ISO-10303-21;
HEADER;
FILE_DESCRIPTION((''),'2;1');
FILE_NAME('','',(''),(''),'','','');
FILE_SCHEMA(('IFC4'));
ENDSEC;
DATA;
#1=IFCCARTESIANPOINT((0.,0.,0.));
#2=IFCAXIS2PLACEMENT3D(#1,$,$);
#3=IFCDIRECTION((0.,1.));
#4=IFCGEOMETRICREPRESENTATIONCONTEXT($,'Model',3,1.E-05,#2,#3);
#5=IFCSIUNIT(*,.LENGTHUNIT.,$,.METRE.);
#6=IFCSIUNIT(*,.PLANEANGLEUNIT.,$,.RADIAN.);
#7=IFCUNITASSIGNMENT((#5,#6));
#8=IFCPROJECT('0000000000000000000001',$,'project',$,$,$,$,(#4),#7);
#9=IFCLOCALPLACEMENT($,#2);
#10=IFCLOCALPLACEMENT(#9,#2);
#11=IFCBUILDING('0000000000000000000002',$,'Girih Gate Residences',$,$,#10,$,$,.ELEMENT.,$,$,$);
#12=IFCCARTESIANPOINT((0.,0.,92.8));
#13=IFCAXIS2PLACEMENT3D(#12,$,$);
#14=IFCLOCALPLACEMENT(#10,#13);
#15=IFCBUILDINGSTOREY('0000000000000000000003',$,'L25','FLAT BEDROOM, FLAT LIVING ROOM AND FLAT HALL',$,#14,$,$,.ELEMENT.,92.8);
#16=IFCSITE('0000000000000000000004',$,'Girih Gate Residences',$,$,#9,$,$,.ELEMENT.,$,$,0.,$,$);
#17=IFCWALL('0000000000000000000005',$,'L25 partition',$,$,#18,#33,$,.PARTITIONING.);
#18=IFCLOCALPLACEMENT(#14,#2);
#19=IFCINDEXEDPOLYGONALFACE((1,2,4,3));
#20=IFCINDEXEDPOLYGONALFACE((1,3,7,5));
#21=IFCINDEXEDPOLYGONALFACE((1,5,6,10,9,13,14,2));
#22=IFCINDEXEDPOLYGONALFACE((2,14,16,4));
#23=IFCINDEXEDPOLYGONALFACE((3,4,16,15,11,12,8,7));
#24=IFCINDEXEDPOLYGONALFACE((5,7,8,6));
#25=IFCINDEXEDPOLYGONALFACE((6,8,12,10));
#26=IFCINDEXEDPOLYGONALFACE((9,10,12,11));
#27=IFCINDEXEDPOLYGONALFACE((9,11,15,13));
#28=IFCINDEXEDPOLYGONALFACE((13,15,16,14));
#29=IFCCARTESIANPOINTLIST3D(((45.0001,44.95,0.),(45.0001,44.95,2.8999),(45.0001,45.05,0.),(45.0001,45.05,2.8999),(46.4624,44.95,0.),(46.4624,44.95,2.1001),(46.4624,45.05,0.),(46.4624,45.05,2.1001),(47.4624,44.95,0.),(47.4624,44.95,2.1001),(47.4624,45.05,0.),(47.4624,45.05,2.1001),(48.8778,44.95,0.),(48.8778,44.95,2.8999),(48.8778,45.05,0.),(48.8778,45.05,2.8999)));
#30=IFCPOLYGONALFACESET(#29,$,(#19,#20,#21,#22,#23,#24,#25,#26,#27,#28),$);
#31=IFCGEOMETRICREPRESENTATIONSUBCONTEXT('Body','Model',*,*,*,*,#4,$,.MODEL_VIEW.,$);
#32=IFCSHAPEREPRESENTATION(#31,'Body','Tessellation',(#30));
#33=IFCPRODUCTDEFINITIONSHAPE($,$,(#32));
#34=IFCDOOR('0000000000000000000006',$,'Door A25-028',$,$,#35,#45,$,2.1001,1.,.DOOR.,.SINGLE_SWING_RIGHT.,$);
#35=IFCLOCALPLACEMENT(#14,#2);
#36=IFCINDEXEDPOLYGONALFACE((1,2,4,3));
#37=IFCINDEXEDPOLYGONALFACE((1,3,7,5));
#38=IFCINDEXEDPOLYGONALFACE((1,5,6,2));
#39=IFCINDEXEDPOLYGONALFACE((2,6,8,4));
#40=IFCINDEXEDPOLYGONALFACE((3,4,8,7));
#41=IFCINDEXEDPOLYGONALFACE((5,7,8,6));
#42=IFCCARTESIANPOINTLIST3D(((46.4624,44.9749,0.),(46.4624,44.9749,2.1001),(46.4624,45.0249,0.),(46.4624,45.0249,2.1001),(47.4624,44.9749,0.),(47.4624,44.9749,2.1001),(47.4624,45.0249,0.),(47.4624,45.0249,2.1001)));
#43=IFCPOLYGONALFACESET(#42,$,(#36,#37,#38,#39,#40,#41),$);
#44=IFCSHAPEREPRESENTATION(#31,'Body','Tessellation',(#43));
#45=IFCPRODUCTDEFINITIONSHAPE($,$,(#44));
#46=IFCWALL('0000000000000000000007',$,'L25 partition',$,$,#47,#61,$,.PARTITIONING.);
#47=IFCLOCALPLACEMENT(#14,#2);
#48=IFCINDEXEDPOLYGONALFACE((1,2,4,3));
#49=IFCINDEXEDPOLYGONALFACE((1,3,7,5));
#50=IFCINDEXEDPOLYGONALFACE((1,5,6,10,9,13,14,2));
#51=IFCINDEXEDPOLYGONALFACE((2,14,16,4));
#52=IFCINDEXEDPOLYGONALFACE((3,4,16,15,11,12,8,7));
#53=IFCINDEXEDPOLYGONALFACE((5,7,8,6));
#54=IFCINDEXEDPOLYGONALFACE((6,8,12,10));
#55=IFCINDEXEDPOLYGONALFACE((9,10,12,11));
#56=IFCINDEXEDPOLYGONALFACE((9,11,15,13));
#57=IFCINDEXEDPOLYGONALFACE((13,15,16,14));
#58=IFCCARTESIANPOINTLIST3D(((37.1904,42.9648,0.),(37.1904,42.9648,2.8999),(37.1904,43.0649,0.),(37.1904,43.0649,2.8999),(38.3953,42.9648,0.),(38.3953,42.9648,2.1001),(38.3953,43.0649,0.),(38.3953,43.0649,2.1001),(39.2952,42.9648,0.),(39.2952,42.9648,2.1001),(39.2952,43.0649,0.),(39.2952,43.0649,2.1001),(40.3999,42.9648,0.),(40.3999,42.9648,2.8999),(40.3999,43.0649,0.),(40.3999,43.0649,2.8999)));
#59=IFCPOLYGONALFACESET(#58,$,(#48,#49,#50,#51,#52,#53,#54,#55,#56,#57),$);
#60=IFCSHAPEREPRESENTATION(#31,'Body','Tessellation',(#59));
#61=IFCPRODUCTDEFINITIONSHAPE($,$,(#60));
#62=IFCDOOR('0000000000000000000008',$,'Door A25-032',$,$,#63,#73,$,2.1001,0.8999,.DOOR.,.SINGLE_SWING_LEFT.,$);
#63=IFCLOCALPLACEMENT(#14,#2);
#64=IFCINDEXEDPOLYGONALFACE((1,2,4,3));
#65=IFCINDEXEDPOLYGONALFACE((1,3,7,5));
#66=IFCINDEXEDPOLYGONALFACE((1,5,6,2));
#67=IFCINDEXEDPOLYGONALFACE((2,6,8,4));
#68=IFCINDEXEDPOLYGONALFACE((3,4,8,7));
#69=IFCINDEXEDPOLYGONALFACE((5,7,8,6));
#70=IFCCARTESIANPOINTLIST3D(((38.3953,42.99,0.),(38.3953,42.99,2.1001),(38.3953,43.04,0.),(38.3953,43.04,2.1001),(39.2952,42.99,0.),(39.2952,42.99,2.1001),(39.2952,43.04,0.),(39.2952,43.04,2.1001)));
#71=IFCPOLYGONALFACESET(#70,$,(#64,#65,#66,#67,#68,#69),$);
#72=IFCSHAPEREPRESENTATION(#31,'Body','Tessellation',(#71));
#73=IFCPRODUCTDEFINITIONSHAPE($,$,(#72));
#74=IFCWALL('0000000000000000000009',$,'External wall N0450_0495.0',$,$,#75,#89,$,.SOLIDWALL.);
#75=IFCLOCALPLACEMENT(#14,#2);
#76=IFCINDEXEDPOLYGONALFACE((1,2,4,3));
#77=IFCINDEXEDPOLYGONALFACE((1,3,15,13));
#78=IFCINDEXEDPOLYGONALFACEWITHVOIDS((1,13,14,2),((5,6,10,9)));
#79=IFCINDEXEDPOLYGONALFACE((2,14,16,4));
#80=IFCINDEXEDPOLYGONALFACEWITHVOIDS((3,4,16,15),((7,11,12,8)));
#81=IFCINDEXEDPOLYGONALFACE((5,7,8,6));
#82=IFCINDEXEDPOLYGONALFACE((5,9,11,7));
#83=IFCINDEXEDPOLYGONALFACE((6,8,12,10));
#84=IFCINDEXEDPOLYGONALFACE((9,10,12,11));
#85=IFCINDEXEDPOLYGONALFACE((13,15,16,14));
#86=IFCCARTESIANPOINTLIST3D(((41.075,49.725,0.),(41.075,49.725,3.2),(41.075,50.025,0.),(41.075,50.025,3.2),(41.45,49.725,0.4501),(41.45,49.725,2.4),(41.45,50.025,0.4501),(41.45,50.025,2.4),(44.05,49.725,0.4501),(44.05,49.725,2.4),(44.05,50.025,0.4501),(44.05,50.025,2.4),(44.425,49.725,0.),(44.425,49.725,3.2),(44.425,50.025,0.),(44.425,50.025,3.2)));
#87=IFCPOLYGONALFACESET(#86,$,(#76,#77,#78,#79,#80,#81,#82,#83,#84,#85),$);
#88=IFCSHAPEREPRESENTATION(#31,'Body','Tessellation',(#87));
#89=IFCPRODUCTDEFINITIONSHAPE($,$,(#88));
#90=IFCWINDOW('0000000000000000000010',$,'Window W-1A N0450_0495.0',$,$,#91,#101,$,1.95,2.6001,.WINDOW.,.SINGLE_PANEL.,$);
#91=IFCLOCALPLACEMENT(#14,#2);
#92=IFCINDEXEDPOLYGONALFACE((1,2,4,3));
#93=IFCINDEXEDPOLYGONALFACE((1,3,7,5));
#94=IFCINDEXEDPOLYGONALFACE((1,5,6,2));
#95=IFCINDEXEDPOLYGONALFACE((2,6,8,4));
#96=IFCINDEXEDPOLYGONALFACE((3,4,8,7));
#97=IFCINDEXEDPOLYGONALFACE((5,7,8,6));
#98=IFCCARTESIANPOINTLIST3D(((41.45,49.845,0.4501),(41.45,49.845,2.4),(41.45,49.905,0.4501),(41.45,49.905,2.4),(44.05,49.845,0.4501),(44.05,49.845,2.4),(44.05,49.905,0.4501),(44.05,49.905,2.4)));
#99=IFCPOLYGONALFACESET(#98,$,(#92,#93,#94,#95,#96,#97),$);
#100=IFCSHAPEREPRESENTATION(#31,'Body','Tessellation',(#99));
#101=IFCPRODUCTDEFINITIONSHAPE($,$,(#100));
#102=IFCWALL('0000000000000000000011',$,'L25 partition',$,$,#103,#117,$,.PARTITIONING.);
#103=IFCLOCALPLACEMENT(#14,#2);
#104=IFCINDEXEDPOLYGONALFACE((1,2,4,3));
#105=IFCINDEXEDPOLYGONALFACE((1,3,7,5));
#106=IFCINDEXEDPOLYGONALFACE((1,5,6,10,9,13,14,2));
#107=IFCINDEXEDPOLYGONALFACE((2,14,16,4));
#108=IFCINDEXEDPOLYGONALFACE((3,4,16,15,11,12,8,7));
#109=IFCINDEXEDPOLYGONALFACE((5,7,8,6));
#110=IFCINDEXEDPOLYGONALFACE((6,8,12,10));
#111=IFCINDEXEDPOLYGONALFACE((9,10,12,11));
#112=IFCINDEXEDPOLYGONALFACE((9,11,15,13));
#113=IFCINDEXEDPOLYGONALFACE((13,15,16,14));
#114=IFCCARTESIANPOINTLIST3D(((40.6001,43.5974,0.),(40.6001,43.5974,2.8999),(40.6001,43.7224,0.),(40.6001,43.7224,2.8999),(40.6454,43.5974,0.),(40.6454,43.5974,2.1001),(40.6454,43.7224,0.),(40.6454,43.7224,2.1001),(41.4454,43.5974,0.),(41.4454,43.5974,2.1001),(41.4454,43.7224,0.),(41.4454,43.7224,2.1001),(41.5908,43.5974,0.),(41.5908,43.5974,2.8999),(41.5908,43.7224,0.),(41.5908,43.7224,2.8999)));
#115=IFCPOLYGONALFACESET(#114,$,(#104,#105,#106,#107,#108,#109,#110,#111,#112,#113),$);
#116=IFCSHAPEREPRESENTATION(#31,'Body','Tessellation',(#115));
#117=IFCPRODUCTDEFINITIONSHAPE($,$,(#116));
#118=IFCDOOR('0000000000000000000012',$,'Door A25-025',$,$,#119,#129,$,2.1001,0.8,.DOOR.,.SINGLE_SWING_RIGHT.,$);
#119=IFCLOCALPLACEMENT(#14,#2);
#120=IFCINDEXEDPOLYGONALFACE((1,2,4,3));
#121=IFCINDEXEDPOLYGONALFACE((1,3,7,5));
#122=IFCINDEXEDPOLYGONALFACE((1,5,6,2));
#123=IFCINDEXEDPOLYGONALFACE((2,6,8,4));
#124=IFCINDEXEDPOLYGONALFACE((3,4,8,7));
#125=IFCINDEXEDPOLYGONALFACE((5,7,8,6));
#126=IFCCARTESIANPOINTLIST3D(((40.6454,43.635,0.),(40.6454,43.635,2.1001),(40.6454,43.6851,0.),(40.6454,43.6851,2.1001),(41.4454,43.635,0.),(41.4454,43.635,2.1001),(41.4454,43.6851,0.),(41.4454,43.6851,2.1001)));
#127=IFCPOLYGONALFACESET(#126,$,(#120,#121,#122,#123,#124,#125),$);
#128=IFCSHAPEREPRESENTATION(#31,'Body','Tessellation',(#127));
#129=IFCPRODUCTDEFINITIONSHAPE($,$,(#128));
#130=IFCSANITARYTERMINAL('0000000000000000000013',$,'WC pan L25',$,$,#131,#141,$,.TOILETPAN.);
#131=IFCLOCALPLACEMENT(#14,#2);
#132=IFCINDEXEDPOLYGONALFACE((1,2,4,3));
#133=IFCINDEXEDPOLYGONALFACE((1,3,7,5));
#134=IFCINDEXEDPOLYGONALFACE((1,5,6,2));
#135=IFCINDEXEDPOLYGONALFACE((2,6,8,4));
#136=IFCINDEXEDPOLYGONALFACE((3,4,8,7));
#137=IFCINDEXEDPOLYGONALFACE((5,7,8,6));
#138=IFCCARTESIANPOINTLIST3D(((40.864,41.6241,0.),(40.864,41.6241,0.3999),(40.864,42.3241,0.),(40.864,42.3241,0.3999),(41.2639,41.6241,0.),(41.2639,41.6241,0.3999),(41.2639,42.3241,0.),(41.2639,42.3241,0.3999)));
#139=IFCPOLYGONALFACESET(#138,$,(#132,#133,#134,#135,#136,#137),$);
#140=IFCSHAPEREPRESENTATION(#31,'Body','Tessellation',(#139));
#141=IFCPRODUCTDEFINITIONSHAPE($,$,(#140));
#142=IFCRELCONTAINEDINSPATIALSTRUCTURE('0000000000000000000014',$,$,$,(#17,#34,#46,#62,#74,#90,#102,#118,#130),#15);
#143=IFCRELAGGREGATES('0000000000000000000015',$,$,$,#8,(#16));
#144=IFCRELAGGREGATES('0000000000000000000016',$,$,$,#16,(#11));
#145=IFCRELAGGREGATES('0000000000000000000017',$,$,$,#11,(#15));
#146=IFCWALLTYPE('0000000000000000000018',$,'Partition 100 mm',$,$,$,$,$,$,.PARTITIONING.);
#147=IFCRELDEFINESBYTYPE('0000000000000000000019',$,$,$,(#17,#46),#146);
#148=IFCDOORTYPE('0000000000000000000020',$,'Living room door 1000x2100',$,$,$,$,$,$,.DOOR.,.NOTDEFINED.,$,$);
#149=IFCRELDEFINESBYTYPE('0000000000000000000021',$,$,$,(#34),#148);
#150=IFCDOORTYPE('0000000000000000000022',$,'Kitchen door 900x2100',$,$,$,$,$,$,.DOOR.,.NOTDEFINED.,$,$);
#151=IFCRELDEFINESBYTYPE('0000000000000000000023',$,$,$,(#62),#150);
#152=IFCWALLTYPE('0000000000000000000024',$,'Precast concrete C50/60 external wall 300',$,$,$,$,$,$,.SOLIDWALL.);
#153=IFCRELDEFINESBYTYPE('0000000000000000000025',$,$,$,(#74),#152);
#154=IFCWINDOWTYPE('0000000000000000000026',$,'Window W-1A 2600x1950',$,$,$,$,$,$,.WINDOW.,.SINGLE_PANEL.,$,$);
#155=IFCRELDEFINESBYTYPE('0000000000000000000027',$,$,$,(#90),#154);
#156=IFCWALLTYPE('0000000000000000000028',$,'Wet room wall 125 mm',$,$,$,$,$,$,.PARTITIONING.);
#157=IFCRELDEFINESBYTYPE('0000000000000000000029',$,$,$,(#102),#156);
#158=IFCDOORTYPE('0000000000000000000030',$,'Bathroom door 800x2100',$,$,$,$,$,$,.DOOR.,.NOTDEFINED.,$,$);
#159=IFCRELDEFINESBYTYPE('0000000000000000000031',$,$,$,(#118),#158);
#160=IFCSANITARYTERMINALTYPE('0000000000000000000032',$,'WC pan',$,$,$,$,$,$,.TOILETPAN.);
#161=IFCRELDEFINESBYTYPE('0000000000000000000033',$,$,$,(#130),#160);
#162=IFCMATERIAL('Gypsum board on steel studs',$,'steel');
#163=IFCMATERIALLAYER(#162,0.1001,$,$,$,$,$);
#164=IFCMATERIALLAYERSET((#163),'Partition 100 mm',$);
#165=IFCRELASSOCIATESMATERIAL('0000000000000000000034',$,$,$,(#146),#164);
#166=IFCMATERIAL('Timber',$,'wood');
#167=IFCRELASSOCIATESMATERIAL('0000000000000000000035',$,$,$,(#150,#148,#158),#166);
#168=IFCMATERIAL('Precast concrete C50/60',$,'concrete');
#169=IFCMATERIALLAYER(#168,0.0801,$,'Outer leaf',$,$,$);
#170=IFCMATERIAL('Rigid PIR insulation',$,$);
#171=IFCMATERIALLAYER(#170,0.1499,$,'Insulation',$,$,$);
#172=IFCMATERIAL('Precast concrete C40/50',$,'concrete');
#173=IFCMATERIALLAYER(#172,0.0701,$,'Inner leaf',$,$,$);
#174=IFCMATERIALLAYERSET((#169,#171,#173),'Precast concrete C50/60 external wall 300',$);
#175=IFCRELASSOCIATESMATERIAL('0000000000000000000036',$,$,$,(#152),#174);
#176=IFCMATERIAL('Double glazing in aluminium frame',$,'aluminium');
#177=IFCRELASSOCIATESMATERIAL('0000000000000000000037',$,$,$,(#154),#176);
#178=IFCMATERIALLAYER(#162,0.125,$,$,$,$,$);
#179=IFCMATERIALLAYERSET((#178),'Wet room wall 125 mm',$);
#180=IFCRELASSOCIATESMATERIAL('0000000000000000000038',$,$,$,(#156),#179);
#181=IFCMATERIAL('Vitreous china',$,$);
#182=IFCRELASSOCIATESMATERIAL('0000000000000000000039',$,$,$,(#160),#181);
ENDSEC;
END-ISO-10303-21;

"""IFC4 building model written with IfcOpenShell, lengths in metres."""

from ifc_helpers import new_model, si_unit, direction, frame, frame_2d, origin, origin_2d, place, context, subcontext, project, spatial, rectangle, extrude, material, layer, layer_set, type_object, element, fill, save


model = new_model("IFC4")

# Units and contexts
model_context = context("Model", 3, precision=1e-05, world=origin(), true_north=direction((0.0, 1.0)))
body_context = subcontext(model_context, "Body", "Model", "MODEL_VIEW")
ifc_project = project(units=[si_unit("LENGTHUNIT", "METRE"), si_unit("PLANEANGLEUNIT", "RADIAN")], contexts=[model_context])

# Site, building, storey
site_placement = place(None, origin())
site = spatial("IfcSite", under=ifc_project, at=site_placement, Name="Girih Gate Residences", CompositionType="ELEMENT", RefElevation=0.0)
building_placement = place(site_placement, origin())
building = spatial("IfcBuilding", under=site, at=building_placement, Name="Girih Gate Residences", CompositionType="ELEMENT")
storey_placement = place(building_placement, frame((0.0, 0.0, 92.8)))
storey = spatial("IfcBuildingStorey", under=building, at=storey_placement, Name="L25", Description="FLAT BEDROOM, FLAT LIVING ROOM AND FLAT HALL", CompositionType="ELEMENT", Elevation=92.8)

# Shared definitions
ifc_material_1 = material(Name="Gypsum board on steel studs", Category="steel")
ifc_layer_1 = layer(ifc_material_1, 0.1001)
ifc_layer_set_1 = layer_set([ifc_layer_1], Name="Partition 100 mm")
wall_type_1 = type_object("IfcWallType", Name="Partition 100 mm", PredefinedType="PARTITIONING", material=ifc_layer_set_1)
ifc_material_2 = material(Name="Timber", Category="wood")

# Walls, openings, doors
door_type_1 = type_object("IfcDoorType", Name="Kitchen door 900x2100", OperationType="NOTDEFINED", PredefinedType="DOOR", material=ifc_material_2)
wall_1_placement = place(storey_placement, frame((45.0, 45.0, 0.0), z_axis=(0.0, 0.0, 1.0), x_axis=(1.0, 0.0, 0.0)))
wall_1 = element("IfcWall", 1, at=wall_1_placement, inside=storey, type_object=wall_type_1, Name="L25 partition", PredefinedType="PARTITIONING", context=body_context, shape_type="SweptSolid", body=[
    extrude(rectangle(XDim=3.8777, YDim=0.1001, at=frame_2d((1.939, 0.0))), origin(), (0.0, 0.0, 1.0), 2.8999),
])
opening_1_placement = place(wall_1_placement, frame((1.4624, 0.0, 0.0)))
opening_1 = element("IfcOpeningElement", 2, at=opening_1_placement, cuts=wall_1, PredefinedType="OPENING", context=body_context, shape_type="SweptSolid", body=[
    extrude(rectangle(XDim=1.0, YDim=2.1001, at=frame_2d((0.5, 1.05))), frame((0.0, 0.0601, 0.0), z_axis=(0.0, -1.0, 0.0), x_axis=(1.0, 0.0, 0.0)), (0.0, 0.0, 1.0), 0.1201),
])
door_type_2 = type_object("IfcDoorType", Name="Living room door 1000x2100", OperationType="NOTDEFINED", PredefinedType="DOOR", material=ifc_material_2)
door_1_placement = place(opening_1_placement, origin())
door_1 = element("IfcDoor", 3, at=door_1_placement, inside=storey, type_object=door_type_2, Name="Door A25-028", OperationType="SINGLE_SWING_RIGHT", OverallHeight=2.1001, OverallWidth=1.0, PredefinedType="DOOR", context=body_context, shape_type="SweptSolid", body=[
    extrude(rectangle(XDim=1.0, YDim=2.1001, at=frame_2d((0.5, 1.05))), frame((0.0, 0.0249, 0.0), z_axis=(0.0, -1.0, 0.0), x_axis=(1.0, 0.0, 0.0)), (0.0, 0.0, 1.0), 0.05),
])
fill(opening_1, door_1)
wall_2_placement = place(storey_placement, frame((40.3999, 43.0149, 0.0), z_axis=(0.0, 0.0, 1.0), x_axis=(-1.0, 0.0, 0.0)))
wall_2 = element("IfcWall", 4, at=wall_2_placement, inside=storey, type_object=wall_type_1, Name="L25 partition", PredefinedType="PARTITIONING", context=body_context, shape_type="SweptSolid", body=[
    extrude(rectangle(XDim=3.2095, YDim=0.1001, at=frame_2d((1.6047, 0.0))), origin(), (0.0, 0.0, 1.0), 2.8999),
])
opening_2_placement = place(wall_2_placement, frame((1.1047, 0.0, 0.0)))
opening_2 = element("IfcOpeningElement", 5, at=opening_2_placement, cuts=wall_2, PredefinedType="OPENING", context=body_context, shape_type="SweptSolid", body=[
    extrude(rectangle(XDim=0.8999, YDim=2.1001, at=frame_2d((0.45, 1.05))), frame((0.0, 0.0601, 0.0), z_axis=(0.0, -1.0, 0.0), x_axis=(1.0, 0.0, 0.0)), (0.0, 0.0, 1.0), 0.1201),
])
door_2_placement = place(opening_2_placement, origin())
door_2 = element("IfcDoor", 6, at=door_2_placement, inside=storey, type_object=door_type_1, Name="Door A25-032", OperationType="SINGLE_SWING_LEFT", OverallHeight=2.1001, OverallWidth=0.8999, PredefinedType="DOOR", context=body_context, shape_type="SweptSolid", body=[
    extrude(rectangle(XDim=0.8999, YDim=2.1001, at=frame_2d((0.45, 1.05))), frame((0.0, 0.0249, 0.0), z_axis=(0.0, -1.0, 0.0), x_axis=(1.0, 0.0, 0.0)), (0.0, 0.0, 1.0), 0.05),
])
fill(opening_2, door_2)

# Wall, opening, window
ifc_material_3 = material(Name="Precast concrete C50/60", Category="concrete")
ifc_layer_2 = layer(ifc_material_3, 0.0801, Name="Outer leaf")
ifc_material_4 = material(Name="Rigid PIR insulation")
ifc_layer_3 = layer(ifc_material_4, 0.1499, Name="Insulation")
ifc_material_5 = material(Name="Precast concrete C40/50", Category="concrete")
ifc_layer_4 = layer(ifc_material_5, 0.0701, Name="Inner leaf")
ifc_layer_set_2 = layer_set([ifc_layer_2, ifc_layer_3, ifc_layer_4], Name="Precast concrete C50/60 external wall 300")
wall_type_2 = type_object("IfcWallType", Name="Precast concrete C50/60 external wall 300", PredefinedType="SOLIDWALL", material=ifc_layer_set_2)
wall_3_placement = place(storey_placement, frame((41.075, 49.875, 0.0), z_axis=(0.0, 0.0, 1.0), x_axis=(1.0, 0.0, 0.0)))
wall_3 = element("IfcWall", 7, at=wall_3_placement, inside=storey, type_object=wall_type_2, Name="External wall N0450_0495.0", PredefinedType="SOLIDWALL", context=body_context, shape_type="SweptSolid", body=[
    extrude(rectangle(XDim=3.3501, YDim=0.3, at=frame_2d((1.675, 0.0))), origin(), (0.0, 0.0, 1.0), 3.2),
])
opening_3_placement = place(wall_3_placement, frame((0.375, 0.0, 0.45)))
opening_3 = element("IfcOpeningElement", 8, at=opening_3_placement, cuts=wall_3, PredefinedType="OPENING", context=body_context, shape_type="SweptSolid", body=[
    extrude(rectangle(XDim=2.6001, YDim=1.95, at=frame_2d((1.3, 0.9751))), frame((0.0, 0.1599, 0.0), z_axis=(0.0, -1.0, 0.0), x_axis=(1.0, 0.0, 0.0)), (0.0, 0.0, 1.0), 0.3201),
])
ifc_material_6 = material(Name="Double glazing in aluminium frame", Category="aluminium")
window_type = type_object("IfcWindowType", Name="Window W-1A 2600x1950", PartitioningType="SINGLE_PANEL", PredefinedType="WINDOW", material=ifc_material_6)
window_placement = place(opening_3_placement, origin())
window = element("IfcWindow", 9, at=window_placement, inside=storey, type_object=window_type, Name="Window W-1A N0450_0495.0", OverallHeight=1.95, OverallWidth=2.6001, PartitioningType="SINGLE_PANEL", PredefinedType="WINDOW", context=body_context, shape_type="SweptSolid", body=[
    extrude(rectangle(XDim=2.6001, YDim=1.95, at=frame_2d((1.3, 0.9751))), frame((0.0, 0.03, 0.0), z_axis=(0.0, -1.0, 0.0), x_axis=(1.0, 0.0, 0.0)), (0.0, 0.0, 1.0), 0.0601),
])
fill(opening_3, window)

# Wall, opening, door
ifc_layer_5 = layer(ifc_material_1, 0.125)
ifc_layer_set_3 = layer_set([ifc_layer_5], Name="Wet room wall 125 mm")
wall_type_3 = type_object("IfcWallType", Name="Wet room wall 125 mm", PredefinedType="PARTITIONING", material=ifc_layer_set_3)
wall_4_placement = place(storey_placement, frame((41.5908, 43.6599, 0.0), z_axis=(0.0, 0.0, 1.0), x_axis=(-1.0, 0.0, 0.0)))
wall_4 = element("IfcWall", 10, at=wall_4_placement, inside=storey, type_object=wall_type_3, Name="L25 partition", PredefinedType="PARTITIONING", context=body_context, shape_type="SweptSolid", body=[
    extrude(rectangle(XDim=0.9907, YDim=0.125, at=frame_2d((0.4954, 0.0))), origin(), (0.0, 0.0, 1.0), 2.8999),
])
opening_4_placement = place(wall_4_placement, frame((0.1455, 0.0, 0.0)))
opening_4 = element("IfcOpeningElement", 11, at=opening_4_placement, cuts=wall_4, PredefinedType="OPENING", context=body_context, shape_type="SweptSolid", body=[
    extrude(rectangle(XDim=0.8, YDim=2.1001, at=frame_2d((0.3999, 1.05))), frame((0.0, 0.0725, 0.0), z_axis=(0.0, -1.0, 0.0), x_axis=(1.0, 0.0, 0.0)), (0.0, 0.0, 1.0), 0.145),
])
door_type_3 = type_object("IfcDoorType", Name="Bathroom door 800x2100", OperationType="NOTDEFINED", PredefinedType="DOOR", material=ifc_material_2)
door_3_placement = place(opening_4_placement, origin())
door_3 = element("IfcDoor", 12, at=door_3_placement, inside=storey, type_object=door_type_3, Name="Door A25-025", OperationType="SINGLE_SWING_RIGHT", OverallHeight=2.1001, OverallWidth=0.8, PredefinedType="DOOR", context=body_context, shape_type="SweptSolid", body=[
    extrude(rectangle(XDim=0.8, YDim=2.1001, at=frame_2d((0.3999, 1.05))), frame((0.0, 0.0249, 0.0), z_axis=(0.0, -1.0, 0.0), x_axis=(1.0, 0.0, 0.0)), (0.0, 0.0, 1.0), 0.05),
])
fill(opening_4, door_3)

# Sanitary terminal
ifc_material_7 = material(Name="Vitreous china")
sanitary_terminal_type = type_object("IfcSanitaryTerminalType", Name="WC pan", PredefinedType="TOILETPAN", material=ifc_material_7)
sanitary_terminal_placement = place(storey_placement, frame((41.064, 41.9741, 0.0), z_axis=(0.0, 0.0, 1.0), x_axis=(1.0, 0.0, 0.0)))
element("IfcSanitaryTerminal", 13, at=sanitary_terminal_placement, inside=storey, type_object=sanitary_terminal_type, Name="WC pan L25", PredefinedType="TOILETPAN", context=body_context, shape_type="SweptSolid", body=[
    extrude(rectangle(XDim=0.3999, YDim=0.7, at=origin_2d()), origin(), (0.0, 0.0, 1.0), 0.3999),
])

save(model, "model.ifc")
